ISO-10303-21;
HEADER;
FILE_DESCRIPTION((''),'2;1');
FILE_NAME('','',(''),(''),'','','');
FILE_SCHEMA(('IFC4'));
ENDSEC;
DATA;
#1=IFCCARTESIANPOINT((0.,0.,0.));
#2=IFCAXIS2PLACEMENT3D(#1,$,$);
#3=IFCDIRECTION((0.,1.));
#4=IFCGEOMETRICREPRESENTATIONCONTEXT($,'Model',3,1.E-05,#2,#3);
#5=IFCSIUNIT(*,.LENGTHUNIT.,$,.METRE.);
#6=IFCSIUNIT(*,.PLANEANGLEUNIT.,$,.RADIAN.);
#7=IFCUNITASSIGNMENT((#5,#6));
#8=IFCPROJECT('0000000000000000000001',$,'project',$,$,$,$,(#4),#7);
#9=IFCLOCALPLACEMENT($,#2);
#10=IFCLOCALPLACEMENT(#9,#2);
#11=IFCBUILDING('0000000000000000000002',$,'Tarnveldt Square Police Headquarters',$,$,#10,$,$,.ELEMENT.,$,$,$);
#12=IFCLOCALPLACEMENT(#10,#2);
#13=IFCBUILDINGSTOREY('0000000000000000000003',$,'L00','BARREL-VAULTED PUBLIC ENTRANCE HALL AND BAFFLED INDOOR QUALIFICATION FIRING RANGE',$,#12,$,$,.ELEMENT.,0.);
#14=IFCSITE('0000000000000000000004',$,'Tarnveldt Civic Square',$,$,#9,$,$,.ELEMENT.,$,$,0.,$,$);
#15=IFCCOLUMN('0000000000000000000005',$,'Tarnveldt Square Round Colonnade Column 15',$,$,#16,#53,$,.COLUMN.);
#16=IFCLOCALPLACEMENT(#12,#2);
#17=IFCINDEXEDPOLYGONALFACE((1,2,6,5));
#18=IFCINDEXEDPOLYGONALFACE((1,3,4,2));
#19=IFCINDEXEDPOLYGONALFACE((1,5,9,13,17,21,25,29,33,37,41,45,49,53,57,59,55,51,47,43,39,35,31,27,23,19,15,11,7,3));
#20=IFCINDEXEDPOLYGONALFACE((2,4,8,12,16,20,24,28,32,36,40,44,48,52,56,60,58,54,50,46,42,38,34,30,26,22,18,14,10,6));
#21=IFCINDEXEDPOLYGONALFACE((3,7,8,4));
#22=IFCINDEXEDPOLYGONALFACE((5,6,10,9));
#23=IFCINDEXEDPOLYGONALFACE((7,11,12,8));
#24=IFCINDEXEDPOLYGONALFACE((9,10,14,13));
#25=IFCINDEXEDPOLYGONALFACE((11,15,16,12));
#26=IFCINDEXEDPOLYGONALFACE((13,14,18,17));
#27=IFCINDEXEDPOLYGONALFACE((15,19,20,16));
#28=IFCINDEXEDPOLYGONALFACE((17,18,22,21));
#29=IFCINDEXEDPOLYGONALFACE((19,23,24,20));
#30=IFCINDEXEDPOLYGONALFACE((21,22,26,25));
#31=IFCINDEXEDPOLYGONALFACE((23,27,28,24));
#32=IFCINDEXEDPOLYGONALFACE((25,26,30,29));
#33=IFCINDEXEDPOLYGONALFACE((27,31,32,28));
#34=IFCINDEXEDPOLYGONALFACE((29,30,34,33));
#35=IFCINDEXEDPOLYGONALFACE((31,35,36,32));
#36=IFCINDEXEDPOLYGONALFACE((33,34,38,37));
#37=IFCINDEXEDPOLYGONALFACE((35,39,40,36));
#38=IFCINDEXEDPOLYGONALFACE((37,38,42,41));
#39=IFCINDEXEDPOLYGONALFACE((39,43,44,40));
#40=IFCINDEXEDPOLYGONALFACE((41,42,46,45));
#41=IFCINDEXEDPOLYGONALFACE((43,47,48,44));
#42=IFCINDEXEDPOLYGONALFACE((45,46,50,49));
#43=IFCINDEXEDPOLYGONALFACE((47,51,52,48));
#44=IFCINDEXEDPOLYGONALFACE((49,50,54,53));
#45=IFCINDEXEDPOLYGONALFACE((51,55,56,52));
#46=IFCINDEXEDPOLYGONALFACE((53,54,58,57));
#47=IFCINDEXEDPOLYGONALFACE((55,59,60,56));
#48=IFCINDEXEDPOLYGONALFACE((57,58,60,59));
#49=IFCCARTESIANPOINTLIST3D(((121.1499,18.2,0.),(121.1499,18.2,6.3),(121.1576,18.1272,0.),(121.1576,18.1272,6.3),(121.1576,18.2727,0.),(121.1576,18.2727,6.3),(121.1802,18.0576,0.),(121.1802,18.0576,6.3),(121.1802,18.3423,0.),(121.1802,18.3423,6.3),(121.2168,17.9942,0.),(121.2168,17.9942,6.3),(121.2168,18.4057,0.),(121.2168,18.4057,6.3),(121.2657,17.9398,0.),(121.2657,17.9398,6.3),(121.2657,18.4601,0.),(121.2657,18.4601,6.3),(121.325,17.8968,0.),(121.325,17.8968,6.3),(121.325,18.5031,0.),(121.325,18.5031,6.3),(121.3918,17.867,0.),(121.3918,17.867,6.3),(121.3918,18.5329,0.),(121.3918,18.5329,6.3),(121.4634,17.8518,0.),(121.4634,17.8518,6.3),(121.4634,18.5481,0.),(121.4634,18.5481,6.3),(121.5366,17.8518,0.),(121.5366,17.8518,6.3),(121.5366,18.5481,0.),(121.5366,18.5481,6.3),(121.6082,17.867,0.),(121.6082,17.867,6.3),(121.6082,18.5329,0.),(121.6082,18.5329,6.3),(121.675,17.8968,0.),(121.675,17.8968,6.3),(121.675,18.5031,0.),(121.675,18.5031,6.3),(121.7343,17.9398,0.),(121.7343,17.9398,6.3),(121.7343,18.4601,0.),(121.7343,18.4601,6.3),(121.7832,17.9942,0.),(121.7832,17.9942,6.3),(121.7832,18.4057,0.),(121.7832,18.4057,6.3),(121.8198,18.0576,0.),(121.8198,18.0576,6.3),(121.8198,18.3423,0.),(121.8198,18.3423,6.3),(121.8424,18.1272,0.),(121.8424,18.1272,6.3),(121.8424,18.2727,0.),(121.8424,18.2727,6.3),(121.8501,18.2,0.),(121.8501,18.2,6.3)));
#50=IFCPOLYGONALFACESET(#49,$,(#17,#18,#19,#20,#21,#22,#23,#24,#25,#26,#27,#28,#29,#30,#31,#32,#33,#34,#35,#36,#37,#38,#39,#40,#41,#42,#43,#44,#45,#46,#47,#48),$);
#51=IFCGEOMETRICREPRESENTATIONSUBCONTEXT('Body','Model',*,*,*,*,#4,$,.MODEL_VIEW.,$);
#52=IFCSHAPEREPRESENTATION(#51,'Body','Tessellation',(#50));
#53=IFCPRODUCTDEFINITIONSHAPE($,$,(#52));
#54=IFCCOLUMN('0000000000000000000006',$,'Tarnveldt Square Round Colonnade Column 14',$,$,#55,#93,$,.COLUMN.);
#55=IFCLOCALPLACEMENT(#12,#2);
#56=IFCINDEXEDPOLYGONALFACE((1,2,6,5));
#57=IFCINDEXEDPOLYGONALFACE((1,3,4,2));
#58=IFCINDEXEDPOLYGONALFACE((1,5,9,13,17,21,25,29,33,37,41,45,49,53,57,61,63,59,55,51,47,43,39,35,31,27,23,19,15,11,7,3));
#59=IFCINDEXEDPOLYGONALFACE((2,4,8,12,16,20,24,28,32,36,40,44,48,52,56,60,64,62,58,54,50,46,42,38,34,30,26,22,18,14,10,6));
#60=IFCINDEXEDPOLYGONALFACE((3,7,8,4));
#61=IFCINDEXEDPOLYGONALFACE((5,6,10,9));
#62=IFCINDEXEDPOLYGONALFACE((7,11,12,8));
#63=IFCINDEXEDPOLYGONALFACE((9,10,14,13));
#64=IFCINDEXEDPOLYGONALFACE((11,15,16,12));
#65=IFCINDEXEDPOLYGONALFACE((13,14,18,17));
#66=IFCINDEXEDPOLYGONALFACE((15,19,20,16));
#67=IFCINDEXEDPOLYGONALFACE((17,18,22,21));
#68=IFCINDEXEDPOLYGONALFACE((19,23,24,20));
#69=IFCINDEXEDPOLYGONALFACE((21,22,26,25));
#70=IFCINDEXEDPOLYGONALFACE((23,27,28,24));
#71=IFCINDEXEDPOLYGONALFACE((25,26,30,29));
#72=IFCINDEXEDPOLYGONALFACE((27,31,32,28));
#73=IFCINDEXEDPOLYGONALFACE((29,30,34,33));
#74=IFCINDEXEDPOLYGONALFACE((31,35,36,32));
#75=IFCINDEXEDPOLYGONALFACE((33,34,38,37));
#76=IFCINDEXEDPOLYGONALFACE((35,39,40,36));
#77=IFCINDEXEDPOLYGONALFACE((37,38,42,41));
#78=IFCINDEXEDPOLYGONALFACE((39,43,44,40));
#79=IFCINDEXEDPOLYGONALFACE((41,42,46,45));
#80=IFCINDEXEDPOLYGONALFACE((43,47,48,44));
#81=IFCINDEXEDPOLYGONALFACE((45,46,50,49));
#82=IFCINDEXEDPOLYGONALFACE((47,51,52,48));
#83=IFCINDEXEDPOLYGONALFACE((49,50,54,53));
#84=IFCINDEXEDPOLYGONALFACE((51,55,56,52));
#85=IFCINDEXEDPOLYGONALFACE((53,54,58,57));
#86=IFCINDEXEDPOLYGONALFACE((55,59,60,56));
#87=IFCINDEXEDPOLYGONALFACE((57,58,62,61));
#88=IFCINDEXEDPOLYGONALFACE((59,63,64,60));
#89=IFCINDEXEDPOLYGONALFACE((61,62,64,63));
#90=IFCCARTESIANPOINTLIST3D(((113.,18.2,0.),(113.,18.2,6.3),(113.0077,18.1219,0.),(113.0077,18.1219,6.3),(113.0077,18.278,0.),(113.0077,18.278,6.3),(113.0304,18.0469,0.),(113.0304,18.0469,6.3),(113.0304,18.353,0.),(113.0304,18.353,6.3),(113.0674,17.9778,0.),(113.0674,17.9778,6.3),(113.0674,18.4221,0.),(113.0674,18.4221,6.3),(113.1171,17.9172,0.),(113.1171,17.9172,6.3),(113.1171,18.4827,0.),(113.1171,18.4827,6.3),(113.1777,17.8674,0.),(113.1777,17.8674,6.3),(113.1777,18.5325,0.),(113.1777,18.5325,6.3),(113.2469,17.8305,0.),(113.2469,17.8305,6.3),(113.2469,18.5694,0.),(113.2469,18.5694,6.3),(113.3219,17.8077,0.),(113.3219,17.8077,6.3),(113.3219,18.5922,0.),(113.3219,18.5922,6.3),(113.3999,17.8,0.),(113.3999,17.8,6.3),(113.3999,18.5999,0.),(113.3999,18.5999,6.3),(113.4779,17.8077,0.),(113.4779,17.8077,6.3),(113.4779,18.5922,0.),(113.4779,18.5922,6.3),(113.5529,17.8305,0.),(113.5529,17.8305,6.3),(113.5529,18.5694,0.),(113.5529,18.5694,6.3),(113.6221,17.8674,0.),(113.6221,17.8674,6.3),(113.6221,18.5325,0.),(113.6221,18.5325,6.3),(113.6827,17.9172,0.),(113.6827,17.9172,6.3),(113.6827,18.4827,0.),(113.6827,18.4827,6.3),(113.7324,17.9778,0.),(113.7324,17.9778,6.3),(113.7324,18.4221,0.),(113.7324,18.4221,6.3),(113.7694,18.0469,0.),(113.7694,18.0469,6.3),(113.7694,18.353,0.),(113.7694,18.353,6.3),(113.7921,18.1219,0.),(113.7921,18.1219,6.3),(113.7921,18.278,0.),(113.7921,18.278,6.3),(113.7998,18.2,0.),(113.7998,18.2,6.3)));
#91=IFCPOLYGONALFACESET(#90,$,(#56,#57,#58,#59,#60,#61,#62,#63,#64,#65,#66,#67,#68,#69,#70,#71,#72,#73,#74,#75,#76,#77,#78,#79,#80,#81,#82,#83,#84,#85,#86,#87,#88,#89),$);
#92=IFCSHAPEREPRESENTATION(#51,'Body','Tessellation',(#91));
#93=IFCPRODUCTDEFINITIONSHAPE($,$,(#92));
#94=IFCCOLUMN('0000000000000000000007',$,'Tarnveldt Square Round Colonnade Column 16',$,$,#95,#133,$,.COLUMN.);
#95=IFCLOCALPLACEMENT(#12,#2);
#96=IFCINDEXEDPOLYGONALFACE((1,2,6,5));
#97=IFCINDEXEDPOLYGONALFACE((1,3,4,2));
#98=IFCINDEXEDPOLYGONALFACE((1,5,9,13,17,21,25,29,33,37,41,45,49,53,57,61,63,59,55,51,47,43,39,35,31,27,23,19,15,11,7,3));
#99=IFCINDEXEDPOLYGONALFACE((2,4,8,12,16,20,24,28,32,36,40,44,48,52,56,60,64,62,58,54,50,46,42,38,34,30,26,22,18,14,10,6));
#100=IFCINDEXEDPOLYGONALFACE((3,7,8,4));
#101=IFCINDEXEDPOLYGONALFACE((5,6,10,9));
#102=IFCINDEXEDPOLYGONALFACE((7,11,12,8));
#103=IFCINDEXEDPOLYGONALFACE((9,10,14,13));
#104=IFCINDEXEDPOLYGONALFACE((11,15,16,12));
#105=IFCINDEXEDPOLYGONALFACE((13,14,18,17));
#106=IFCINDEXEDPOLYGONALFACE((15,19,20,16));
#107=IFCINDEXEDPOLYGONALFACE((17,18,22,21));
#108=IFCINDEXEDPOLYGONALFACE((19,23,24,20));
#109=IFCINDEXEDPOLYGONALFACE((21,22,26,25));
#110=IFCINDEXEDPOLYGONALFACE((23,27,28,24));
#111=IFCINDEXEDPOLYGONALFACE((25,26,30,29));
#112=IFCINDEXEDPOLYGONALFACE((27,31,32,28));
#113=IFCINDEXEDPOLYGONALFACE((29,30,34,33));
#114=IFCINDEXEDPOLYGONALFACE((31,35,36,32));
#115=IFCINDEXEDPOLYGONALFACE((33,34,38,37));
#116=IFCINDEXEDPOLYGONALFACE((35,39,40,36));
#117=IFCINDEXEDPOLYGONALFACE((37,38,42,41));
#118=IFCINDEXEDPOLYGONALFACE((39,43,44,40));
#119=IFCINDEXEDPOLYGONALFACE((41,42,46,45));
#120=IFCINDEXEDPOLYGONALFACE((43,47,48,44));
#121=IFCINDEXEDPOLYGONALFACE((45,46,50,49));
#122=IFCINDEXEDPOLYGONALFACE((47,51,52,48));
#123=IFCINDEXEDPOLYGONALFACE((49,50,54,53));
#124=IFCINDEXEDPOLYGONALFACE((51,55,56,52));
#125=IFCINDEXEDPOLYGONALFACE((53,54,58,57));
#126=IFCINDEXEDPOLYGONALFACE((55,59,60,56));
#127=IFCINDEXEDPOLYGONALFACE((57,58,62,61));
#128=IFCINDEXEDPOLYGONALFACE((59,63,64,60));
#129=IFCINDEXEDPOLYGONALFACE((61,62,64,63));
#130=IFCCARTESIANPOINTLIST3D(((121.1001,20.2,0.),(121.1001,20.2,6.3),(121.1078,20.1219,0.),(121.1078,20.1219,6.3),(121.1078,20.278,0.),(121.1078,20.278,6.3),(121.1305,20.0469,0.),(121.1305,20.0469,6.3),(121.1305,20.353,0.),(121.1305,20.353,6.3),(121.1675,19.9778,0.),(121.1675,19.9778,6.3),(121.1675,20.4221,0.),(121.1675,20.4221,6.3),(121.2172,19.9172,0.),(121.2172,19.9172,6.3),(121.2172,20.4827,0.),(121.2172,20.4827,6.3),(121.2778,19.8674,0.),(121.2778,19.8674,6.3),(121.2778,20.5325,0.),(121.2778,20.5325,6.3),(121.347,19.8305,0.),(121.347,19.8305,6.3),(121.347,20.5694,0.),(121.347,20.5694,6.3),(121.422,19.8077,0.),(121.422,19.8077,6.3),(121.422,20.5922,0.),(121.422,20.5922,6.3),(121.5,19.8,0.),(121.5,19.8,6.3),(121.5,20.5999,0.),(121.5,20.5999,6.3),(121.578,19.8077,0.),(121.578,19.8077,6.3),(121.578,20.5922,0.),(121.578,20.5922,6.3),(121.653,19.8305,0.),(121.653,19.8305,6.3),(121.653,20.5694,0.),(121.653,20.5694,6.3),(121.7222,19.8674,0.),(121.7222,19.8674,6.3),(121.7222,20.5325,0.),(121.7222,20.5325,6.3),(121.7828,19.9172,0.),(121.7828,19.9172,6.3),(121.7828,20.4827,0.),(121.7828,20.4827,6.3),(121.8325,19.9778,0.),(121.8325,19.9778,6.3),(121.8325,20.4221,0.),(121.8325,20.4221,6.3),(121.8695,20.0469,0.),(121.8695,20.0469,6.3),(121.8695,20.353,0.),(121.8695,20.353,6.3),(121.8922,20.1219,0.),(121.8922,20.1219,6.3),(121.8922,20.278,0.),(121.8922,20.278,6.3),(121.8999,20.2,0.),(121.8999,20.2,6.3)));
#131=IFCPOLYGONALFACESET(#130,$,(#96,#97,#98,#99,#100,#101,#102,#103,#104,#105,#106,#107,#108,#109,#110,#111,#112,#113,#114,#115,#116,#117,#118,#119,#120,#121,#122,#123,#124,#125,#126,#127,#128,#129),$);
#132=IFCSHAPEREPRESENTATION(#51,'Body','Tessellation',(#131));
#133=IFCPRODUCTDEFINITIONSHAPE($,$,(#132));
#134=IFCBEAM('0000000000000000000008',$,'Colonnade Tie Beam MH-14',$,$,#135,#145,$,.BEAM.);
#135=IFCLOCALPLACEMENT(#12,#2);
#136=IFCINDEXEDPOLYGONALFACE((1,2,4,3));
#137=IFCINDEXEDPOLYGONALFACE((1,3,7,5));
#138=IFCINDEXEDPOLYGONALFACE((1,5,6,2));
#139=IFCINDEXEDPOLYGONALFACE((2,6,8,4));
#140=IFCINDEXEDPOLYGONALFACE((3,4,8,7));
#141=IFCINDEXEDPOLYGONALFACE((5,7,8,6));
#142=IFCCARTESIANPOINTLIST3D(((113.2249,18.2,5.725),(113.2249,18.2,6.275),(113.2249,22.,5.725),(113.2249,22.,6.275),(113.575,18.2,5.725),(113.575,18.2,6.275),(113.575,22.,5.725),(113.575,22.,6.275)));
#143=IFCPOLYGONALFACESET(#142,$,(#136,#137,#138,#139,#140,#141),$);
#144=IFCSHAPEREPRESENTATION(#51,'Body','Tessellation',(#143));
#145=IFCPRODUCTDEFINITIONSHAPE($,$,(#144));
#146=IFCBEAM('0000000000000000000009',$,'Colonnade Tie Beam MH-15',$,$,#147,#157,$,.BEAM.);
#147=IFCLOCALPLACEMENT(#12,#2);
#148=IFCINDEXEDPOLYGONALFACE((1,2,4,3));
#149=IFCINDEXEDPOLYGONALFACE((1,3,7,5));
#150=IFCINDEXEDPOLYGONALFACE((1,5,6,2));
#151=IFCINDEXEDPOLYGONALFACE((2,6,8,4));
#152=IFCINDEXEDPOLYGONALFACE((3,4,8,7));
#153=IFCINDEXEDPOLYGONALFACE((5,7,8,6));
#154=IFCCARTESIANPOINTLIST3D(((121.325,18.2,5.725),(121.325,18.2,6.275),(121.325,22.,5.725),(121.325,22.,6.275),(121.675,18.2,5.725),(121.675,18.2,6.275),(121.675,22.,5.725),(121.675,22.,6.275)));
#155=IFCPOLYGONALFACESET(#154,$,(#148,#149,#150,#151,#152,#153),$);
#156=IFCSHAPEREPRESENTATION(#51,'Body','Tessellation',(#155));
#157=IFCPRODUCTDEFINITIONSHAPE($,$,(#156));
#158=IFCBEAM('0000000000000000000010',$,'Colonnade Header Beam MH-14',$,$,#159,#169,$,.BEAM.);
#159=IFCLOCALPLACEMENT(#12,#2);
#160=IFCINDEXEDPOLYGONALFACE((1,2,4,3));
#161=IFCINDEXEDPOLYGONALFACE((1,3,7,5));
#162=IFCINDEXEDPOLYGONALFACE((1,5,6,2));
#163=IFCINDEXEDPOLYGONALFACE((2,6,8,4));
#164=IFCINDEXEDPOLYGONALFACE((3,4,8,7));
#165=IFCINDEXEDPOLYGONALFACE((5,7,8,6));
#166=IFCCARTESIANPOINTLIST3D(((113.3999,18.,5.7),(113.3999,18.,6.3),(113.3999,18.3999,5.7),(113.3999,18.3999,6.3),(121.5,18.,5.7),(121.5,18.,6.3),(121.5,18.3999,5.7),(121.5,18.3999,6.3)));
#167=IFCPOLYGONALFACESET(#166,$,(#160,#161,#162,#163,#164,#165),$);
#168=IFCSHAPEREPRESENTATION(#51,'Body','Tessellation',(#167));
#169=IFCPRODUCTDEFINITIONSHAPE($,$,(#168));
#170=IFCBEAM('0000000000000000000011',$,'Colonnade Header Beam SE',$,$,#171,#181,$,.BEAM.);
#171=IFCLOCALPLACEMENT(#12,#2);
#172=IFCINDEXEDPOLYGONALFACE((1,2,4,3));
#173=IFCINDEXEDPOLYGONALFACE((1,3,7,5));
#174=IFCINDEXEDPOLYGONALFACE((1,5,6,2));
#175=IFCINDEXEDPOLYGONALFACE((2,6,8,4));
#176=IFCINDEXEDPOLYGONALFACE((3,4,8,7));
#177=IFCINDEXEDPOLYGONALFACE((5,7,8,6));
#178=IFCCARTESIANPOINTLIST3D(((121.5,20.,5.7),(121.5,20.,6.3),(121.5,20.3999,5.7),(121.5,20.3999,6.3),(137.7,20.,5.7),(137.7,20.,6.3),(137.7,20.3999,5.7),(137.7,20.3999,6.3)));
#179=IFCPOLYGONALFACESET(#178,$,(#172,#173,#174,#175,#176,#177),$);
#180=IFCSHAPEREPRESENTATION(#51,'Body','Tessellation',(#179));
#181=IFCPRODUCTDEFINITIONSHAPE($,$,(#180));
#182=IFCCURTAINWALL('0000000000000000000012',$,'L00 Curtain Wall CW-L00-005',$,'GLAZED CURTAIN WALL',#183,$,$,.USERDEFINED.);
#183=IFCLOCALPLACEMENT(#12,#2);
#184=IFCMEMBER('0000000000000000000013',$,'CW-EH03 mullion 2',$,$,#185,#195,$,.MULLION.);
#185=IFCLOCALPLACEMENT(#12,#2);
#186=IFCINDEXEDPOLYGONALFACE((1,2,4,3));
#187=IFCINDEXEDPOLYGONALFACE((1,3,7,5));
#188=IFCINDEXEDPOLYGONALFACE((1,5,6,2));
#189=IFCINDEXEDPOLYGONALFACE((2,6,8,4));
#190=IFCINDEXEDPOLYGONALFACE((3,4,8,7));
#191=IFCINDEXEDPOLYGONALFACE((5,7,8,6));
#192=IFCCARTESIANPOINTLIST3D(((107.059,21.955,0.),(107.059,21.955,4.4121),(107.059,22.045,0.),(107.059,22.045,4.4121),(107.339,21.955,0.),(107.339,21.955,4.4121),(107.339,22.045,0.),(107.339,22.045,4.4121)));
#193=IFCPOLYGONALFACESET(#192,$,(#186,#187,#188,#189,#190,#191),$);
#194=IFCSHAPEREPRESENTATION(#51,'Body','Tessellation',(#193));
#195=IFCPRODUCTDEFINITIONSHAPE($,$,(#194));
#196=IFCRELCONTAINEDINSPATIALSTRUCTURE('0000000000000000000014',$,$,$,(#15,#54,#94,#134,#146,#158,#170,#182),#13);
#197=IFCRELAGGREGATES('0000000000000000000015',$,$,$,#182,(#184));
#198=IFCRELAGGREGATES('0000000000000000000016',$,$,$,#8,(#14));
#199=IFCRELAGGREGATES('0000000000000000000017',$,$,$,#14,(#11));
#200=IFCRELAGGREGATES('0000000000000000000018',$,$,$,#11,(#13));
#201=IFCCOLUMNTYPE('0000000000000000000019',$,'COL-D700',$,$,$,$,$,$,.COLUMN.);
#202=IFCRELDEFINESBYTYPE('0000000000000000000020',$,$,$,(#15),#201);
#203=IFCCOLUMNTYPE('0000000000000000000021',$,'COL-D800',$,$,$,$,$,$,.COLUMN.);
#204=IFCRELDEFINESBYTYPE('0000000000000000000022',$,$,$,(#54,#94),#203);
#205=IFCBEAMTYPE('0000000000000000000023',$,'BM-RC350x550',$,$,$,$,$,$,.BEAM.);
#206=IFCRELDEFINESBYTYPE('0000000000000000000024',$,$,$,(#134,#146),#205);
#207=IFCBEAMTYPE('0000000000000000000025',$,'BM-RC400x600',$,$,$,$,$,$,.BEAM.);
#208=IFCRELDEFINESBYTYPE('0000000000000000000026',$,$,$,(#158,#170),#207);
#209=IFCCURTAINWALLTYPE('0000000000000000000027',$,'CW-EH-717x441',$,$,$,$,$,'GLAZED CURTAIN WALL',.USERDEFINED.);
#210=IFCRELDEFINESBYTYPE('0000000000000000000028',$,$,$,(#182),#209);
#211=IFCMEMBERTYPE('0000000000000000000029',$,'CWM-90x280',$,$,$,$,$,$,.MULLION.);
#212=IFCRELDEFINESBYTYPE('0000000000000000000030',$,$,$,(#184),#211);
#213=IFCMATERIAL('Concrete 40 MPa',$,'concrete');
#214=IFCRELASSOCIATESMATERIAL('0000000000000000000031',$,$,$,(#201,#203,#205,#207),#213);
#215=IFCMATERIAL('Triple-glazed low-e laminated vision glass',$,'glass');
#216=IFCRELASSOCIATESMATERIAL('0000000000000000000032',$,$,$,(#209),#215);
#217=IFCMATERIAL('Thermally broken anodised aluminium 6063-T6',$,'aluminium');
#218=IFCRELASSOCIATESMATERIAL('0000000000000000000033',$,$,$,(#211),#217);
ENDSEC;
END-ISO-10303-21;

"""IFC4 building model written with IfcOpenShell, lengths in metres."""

from ifc_helpers import new_model, si_unit, direction, frame, origin, origin_2d, place, context, subcontext, project, spatial, rectangle, circle, extrude, material, material_profile, profile_set, type_object, element, aggregate, save


model = new_model("IFC4")

# Units and contexts
model_context = context("Model", 3, precision=1e-05, world=origin(), true_north=direction((0.0, 1.0)))
body_context = subcontext(model_context, "Body", "Model", "MODEL_VIEW")
ifc_project = project(units=[si_unit("LENGTHUNIT", "METRE"), si_unit("PLANEANGLEUNIT", "RADIAN")], contexts=[model_context])

# Site, building, storey
site_placement = place(None, origin())
site = spatial("IfcSite", under=ifc_project, at=site_placement, Name="Tarnveldt Civic Square", CompositionType="ELEMENT", RefElevation=0.0)
building_placement = place(site_placement, origin())
building = spatial("IfcBuilding", under=site, at=building_placement, Name="Tarnveldt Square Police Headquarters", CompositionType="ELEMENT")
storey_placement = place(building_placement, origin())
storey = spatial("IfcBuildingStorey", under=building, at=storey_placement, Name="L00", Description="BARREL-VAULTED PUBLIC ENTRANCE HALL AND BAFFLED INDOOR QUALIFICATION FIRING RANGE", CompositionType="ELEMENT", Elevation=0.0)

# Columns
ifc_material_1 = material(Name="Concrete 40 MPa", Category="concrete")
ifc_material_profile_1 = material_profile(ifc_material_1, circle(Radius=0.3501, at=origin_2d()), Name="RC-D700")
ifc_profile_set_1 = profile_set([ifc_material_profile_1], Name="Concrete 40 MPa")
column_type_1 = type_object("IfcColumnType", Name="COL-D700", PredefinedType="COLUMN", material=ifc_profile_set_1)
column_placement = place(storey_placement, frame((121.5, 18.2, 0.0), z_axis=(0.0, 0.0, 1.0), x_axis=(1.0, 0.0, 0.0)))
element("IfcColumn", 1, at=column_placement, inside=storey, type_object=column_type_1, Name="Tarnveldt Square Round Colonnade Column 15", PredefinedType="COLUMN", context=body_context, shape_type="SweptSolid", body=[
    extrude(circle(Radius=0.3501, at=origin_2d()), origin(), (0.0, 0.0, 1.0), 6.3),
])
ifc_material_profile_2 = material_profile(ifc_material_1, circle(Radius=0.3999, at=origin_2d()), Name="RC-D800")
ifc_profile_set_2 = profile_set([ifc_material_profile_2], Name="Concrete 40 MPa")
column_type_2 = type_object("IfcColumnType", Name="COL-D800", PredefinedType="COLUMN", material=ifc_profile_set_2)
for number, where, z_axis, x_axis, name in (
    (2, (113.3999, 18.2, 0.0), (0.0, 0.0, 1.0), (1.0, 0.0, 0.0), "Tarnveldt Square Round Colonnade Column 14"),
    (3, (121.5, 20.2, 0.0), (0.0, 0.0, 1.0), (1.0, 0.0, 0.0), "Tarnveldt Square Round Colonnade Column 16"),
):
    element("IfcColumn", number, at=place(storey_placement, frame(where, z_axis=z_axis, x_axis=x_axis)), inside=storey, type_object=column_type_2, Name=name, PredefinedType="COLUMN", context=body_context, shape_type="SweptSolid", body=[
        extrude(circle(Radius=0.3999, at=origin_2d()), origin(), (0.0, 0.0, 1.0), 6.3),
    ])

# Beams
ifc_material_profile_3 = material_profile(ifc_material_1, rectangle(XDim=0.3501, YDim=0.55, at=origin_2d()), Name="RC-B350x550")
ifc_profile_set_3 = profile_set([ifc_material_profile_3], Name="Concrete 40 MPa")
beam_type_1 = type_object("IfcBeamType", Name="BM-RC350x550", PredefinedType="BEAM", material=ifc_profile_set_3)
for number, where, z_axis, x_axis, name in (
    (4, (113.3999, 18.2, 6.0), (0.0, 1.0, 0.0), (-1.0, 0.0, 0.0), "Colonnade Tie Beam MH-14"),
    (5, (121.5, 18.2, 6.0), (0.0, 1.0, 0.0), (-1.0, 0.0, 0.0), "Colonnade Tie Beam MH-15"),
):
    element("IfcBeam", number, at=place(storey_placement, frame(where, z_axis=z_axis, x_axis=x_axis)), inside=storey, type_object=beam_type_1, Name=name, PredefinedType="BEAM", context=body_context, shape_type="SweptSolid", body=[
        extrude(rectangle(XDim=0.3501, YDim=0.55, at=origin_2d()), origin(), (0.0, 0.0, 1.0), 3.8),
    ])
ifc_material_profile_4 = material_profile(ifc_material_1, rectangle(XDim=0.3999, YDim=0.6001, at=origin_2d()), Name="RC-B400x600")
ifc_profile_set_4 = profile_set([ifc_material_profile_4], Name="Concrete 40 MPa")
beam_type_2 = type_object("IfcBeamType", Name="BM-RC400x600", PredefinedType="BEAM", material=ifc_profile_set_4)
beam_1_placement = place(storey_placement, frame((113.3999, 18.2, 6.0), z_axis=(1.0, 0.0, 0.0), x_axis=(0.0, 1.0, 0.0)))
element("IfcBeam", 6, at=beam_1_placement, inside=storey, type_object=beam_type_2, Name="Colonnade Header Beam MH-14", PredefinedType="BEAM", context=body_context, shape_type="SweptSolid", body=[
    extrude(rectangle(XDim=0.3999, YDim=0.6001, at=origin_2d()), origin(), (0.0, 0.0, 1.0), 8.1001),
])
beam_2_placement = place(storey_placement, frame((121.5, 20.2, 6.0), z_axis=(1.0, 0.0, 0.0), x_axis=(0.0, 1.0, 0.0)))
element("IfcBeam", 7, at=beam_2_placement, inside=storey, type_object=beam_type_2, Name="Colonnade Header Beam SE", PredefinedType="BEAM", context=body_context, shape_type="SweptSolid", body=[
    extrude(rectangle(XDim=0.3999, YDim=0.6001, at=origin_2d()), origin(), (0.0, 0.0, 1.0), 16.2),
])

# Curtain wall, member
ifc_material_2 = material(Name="Triple-glazed low-e laminated vision glass", Category="glass")
curtain_wall_type = type_object("IfcCurtainWallType", Name="CW-EH-717x441", ElementType="GLAZED CURTAIN WALL", PredefinedType="USERDEFINED", material=ifc_material_2)
curtain_wall_placement = place(storey_placement, origin())
curtain_wall = element("IfcCurtainWall", 8, at=curtain_wall_placement, inside=storey, type_object=curtain_wall_type, Name="L00 Curtain Wall CW-L00-005", ObjectType="GLAZED CURTAIN WALL", PredefinedType="USERDEFINED")
ifc_material_3 = material(Name="Thermally broken anodised aluminium 6063-T6", Category="aluminium")
ifc_material_profile_5 = material_profile(ifc_material_3, rectangle(XDim=0.0901, YDim=0.28, at=origin_2d()), Name="CW-M90x280")
ifc_profile_set_5 = profile_set([ifc_material_profile_5], Name="Thermally broken anodised aluminium 6063-T6")
member_type_1 = type_object("IfcMemberType", Name="CWM-90x280", PredefinedType="MULLION", material=ifc_profile_set_5)
member_1_placement = place(storey_placement, frame((107.199, 22.0, 0.0), z_axis=(0.0, 0.0, 1.0), x_axis=(0.0, 1.0, 0.0)))
member_1 = element("IfcMember", 9, at=member_1_placement, type_object=member_type_1, Name="CW-EH03 mullion 2", PredefinedType="MULLION", context=body_context, shape_type="SweptSolid", body=[
    extrude(rectangle(XDim=0.0901, YDim=0.28, at=origin_2d()), origin(), (0.0, 0.0, 1.0), 4.4121),
])
aggregate(curtain_wall, [member_1])

save(model, "model.ifc")
